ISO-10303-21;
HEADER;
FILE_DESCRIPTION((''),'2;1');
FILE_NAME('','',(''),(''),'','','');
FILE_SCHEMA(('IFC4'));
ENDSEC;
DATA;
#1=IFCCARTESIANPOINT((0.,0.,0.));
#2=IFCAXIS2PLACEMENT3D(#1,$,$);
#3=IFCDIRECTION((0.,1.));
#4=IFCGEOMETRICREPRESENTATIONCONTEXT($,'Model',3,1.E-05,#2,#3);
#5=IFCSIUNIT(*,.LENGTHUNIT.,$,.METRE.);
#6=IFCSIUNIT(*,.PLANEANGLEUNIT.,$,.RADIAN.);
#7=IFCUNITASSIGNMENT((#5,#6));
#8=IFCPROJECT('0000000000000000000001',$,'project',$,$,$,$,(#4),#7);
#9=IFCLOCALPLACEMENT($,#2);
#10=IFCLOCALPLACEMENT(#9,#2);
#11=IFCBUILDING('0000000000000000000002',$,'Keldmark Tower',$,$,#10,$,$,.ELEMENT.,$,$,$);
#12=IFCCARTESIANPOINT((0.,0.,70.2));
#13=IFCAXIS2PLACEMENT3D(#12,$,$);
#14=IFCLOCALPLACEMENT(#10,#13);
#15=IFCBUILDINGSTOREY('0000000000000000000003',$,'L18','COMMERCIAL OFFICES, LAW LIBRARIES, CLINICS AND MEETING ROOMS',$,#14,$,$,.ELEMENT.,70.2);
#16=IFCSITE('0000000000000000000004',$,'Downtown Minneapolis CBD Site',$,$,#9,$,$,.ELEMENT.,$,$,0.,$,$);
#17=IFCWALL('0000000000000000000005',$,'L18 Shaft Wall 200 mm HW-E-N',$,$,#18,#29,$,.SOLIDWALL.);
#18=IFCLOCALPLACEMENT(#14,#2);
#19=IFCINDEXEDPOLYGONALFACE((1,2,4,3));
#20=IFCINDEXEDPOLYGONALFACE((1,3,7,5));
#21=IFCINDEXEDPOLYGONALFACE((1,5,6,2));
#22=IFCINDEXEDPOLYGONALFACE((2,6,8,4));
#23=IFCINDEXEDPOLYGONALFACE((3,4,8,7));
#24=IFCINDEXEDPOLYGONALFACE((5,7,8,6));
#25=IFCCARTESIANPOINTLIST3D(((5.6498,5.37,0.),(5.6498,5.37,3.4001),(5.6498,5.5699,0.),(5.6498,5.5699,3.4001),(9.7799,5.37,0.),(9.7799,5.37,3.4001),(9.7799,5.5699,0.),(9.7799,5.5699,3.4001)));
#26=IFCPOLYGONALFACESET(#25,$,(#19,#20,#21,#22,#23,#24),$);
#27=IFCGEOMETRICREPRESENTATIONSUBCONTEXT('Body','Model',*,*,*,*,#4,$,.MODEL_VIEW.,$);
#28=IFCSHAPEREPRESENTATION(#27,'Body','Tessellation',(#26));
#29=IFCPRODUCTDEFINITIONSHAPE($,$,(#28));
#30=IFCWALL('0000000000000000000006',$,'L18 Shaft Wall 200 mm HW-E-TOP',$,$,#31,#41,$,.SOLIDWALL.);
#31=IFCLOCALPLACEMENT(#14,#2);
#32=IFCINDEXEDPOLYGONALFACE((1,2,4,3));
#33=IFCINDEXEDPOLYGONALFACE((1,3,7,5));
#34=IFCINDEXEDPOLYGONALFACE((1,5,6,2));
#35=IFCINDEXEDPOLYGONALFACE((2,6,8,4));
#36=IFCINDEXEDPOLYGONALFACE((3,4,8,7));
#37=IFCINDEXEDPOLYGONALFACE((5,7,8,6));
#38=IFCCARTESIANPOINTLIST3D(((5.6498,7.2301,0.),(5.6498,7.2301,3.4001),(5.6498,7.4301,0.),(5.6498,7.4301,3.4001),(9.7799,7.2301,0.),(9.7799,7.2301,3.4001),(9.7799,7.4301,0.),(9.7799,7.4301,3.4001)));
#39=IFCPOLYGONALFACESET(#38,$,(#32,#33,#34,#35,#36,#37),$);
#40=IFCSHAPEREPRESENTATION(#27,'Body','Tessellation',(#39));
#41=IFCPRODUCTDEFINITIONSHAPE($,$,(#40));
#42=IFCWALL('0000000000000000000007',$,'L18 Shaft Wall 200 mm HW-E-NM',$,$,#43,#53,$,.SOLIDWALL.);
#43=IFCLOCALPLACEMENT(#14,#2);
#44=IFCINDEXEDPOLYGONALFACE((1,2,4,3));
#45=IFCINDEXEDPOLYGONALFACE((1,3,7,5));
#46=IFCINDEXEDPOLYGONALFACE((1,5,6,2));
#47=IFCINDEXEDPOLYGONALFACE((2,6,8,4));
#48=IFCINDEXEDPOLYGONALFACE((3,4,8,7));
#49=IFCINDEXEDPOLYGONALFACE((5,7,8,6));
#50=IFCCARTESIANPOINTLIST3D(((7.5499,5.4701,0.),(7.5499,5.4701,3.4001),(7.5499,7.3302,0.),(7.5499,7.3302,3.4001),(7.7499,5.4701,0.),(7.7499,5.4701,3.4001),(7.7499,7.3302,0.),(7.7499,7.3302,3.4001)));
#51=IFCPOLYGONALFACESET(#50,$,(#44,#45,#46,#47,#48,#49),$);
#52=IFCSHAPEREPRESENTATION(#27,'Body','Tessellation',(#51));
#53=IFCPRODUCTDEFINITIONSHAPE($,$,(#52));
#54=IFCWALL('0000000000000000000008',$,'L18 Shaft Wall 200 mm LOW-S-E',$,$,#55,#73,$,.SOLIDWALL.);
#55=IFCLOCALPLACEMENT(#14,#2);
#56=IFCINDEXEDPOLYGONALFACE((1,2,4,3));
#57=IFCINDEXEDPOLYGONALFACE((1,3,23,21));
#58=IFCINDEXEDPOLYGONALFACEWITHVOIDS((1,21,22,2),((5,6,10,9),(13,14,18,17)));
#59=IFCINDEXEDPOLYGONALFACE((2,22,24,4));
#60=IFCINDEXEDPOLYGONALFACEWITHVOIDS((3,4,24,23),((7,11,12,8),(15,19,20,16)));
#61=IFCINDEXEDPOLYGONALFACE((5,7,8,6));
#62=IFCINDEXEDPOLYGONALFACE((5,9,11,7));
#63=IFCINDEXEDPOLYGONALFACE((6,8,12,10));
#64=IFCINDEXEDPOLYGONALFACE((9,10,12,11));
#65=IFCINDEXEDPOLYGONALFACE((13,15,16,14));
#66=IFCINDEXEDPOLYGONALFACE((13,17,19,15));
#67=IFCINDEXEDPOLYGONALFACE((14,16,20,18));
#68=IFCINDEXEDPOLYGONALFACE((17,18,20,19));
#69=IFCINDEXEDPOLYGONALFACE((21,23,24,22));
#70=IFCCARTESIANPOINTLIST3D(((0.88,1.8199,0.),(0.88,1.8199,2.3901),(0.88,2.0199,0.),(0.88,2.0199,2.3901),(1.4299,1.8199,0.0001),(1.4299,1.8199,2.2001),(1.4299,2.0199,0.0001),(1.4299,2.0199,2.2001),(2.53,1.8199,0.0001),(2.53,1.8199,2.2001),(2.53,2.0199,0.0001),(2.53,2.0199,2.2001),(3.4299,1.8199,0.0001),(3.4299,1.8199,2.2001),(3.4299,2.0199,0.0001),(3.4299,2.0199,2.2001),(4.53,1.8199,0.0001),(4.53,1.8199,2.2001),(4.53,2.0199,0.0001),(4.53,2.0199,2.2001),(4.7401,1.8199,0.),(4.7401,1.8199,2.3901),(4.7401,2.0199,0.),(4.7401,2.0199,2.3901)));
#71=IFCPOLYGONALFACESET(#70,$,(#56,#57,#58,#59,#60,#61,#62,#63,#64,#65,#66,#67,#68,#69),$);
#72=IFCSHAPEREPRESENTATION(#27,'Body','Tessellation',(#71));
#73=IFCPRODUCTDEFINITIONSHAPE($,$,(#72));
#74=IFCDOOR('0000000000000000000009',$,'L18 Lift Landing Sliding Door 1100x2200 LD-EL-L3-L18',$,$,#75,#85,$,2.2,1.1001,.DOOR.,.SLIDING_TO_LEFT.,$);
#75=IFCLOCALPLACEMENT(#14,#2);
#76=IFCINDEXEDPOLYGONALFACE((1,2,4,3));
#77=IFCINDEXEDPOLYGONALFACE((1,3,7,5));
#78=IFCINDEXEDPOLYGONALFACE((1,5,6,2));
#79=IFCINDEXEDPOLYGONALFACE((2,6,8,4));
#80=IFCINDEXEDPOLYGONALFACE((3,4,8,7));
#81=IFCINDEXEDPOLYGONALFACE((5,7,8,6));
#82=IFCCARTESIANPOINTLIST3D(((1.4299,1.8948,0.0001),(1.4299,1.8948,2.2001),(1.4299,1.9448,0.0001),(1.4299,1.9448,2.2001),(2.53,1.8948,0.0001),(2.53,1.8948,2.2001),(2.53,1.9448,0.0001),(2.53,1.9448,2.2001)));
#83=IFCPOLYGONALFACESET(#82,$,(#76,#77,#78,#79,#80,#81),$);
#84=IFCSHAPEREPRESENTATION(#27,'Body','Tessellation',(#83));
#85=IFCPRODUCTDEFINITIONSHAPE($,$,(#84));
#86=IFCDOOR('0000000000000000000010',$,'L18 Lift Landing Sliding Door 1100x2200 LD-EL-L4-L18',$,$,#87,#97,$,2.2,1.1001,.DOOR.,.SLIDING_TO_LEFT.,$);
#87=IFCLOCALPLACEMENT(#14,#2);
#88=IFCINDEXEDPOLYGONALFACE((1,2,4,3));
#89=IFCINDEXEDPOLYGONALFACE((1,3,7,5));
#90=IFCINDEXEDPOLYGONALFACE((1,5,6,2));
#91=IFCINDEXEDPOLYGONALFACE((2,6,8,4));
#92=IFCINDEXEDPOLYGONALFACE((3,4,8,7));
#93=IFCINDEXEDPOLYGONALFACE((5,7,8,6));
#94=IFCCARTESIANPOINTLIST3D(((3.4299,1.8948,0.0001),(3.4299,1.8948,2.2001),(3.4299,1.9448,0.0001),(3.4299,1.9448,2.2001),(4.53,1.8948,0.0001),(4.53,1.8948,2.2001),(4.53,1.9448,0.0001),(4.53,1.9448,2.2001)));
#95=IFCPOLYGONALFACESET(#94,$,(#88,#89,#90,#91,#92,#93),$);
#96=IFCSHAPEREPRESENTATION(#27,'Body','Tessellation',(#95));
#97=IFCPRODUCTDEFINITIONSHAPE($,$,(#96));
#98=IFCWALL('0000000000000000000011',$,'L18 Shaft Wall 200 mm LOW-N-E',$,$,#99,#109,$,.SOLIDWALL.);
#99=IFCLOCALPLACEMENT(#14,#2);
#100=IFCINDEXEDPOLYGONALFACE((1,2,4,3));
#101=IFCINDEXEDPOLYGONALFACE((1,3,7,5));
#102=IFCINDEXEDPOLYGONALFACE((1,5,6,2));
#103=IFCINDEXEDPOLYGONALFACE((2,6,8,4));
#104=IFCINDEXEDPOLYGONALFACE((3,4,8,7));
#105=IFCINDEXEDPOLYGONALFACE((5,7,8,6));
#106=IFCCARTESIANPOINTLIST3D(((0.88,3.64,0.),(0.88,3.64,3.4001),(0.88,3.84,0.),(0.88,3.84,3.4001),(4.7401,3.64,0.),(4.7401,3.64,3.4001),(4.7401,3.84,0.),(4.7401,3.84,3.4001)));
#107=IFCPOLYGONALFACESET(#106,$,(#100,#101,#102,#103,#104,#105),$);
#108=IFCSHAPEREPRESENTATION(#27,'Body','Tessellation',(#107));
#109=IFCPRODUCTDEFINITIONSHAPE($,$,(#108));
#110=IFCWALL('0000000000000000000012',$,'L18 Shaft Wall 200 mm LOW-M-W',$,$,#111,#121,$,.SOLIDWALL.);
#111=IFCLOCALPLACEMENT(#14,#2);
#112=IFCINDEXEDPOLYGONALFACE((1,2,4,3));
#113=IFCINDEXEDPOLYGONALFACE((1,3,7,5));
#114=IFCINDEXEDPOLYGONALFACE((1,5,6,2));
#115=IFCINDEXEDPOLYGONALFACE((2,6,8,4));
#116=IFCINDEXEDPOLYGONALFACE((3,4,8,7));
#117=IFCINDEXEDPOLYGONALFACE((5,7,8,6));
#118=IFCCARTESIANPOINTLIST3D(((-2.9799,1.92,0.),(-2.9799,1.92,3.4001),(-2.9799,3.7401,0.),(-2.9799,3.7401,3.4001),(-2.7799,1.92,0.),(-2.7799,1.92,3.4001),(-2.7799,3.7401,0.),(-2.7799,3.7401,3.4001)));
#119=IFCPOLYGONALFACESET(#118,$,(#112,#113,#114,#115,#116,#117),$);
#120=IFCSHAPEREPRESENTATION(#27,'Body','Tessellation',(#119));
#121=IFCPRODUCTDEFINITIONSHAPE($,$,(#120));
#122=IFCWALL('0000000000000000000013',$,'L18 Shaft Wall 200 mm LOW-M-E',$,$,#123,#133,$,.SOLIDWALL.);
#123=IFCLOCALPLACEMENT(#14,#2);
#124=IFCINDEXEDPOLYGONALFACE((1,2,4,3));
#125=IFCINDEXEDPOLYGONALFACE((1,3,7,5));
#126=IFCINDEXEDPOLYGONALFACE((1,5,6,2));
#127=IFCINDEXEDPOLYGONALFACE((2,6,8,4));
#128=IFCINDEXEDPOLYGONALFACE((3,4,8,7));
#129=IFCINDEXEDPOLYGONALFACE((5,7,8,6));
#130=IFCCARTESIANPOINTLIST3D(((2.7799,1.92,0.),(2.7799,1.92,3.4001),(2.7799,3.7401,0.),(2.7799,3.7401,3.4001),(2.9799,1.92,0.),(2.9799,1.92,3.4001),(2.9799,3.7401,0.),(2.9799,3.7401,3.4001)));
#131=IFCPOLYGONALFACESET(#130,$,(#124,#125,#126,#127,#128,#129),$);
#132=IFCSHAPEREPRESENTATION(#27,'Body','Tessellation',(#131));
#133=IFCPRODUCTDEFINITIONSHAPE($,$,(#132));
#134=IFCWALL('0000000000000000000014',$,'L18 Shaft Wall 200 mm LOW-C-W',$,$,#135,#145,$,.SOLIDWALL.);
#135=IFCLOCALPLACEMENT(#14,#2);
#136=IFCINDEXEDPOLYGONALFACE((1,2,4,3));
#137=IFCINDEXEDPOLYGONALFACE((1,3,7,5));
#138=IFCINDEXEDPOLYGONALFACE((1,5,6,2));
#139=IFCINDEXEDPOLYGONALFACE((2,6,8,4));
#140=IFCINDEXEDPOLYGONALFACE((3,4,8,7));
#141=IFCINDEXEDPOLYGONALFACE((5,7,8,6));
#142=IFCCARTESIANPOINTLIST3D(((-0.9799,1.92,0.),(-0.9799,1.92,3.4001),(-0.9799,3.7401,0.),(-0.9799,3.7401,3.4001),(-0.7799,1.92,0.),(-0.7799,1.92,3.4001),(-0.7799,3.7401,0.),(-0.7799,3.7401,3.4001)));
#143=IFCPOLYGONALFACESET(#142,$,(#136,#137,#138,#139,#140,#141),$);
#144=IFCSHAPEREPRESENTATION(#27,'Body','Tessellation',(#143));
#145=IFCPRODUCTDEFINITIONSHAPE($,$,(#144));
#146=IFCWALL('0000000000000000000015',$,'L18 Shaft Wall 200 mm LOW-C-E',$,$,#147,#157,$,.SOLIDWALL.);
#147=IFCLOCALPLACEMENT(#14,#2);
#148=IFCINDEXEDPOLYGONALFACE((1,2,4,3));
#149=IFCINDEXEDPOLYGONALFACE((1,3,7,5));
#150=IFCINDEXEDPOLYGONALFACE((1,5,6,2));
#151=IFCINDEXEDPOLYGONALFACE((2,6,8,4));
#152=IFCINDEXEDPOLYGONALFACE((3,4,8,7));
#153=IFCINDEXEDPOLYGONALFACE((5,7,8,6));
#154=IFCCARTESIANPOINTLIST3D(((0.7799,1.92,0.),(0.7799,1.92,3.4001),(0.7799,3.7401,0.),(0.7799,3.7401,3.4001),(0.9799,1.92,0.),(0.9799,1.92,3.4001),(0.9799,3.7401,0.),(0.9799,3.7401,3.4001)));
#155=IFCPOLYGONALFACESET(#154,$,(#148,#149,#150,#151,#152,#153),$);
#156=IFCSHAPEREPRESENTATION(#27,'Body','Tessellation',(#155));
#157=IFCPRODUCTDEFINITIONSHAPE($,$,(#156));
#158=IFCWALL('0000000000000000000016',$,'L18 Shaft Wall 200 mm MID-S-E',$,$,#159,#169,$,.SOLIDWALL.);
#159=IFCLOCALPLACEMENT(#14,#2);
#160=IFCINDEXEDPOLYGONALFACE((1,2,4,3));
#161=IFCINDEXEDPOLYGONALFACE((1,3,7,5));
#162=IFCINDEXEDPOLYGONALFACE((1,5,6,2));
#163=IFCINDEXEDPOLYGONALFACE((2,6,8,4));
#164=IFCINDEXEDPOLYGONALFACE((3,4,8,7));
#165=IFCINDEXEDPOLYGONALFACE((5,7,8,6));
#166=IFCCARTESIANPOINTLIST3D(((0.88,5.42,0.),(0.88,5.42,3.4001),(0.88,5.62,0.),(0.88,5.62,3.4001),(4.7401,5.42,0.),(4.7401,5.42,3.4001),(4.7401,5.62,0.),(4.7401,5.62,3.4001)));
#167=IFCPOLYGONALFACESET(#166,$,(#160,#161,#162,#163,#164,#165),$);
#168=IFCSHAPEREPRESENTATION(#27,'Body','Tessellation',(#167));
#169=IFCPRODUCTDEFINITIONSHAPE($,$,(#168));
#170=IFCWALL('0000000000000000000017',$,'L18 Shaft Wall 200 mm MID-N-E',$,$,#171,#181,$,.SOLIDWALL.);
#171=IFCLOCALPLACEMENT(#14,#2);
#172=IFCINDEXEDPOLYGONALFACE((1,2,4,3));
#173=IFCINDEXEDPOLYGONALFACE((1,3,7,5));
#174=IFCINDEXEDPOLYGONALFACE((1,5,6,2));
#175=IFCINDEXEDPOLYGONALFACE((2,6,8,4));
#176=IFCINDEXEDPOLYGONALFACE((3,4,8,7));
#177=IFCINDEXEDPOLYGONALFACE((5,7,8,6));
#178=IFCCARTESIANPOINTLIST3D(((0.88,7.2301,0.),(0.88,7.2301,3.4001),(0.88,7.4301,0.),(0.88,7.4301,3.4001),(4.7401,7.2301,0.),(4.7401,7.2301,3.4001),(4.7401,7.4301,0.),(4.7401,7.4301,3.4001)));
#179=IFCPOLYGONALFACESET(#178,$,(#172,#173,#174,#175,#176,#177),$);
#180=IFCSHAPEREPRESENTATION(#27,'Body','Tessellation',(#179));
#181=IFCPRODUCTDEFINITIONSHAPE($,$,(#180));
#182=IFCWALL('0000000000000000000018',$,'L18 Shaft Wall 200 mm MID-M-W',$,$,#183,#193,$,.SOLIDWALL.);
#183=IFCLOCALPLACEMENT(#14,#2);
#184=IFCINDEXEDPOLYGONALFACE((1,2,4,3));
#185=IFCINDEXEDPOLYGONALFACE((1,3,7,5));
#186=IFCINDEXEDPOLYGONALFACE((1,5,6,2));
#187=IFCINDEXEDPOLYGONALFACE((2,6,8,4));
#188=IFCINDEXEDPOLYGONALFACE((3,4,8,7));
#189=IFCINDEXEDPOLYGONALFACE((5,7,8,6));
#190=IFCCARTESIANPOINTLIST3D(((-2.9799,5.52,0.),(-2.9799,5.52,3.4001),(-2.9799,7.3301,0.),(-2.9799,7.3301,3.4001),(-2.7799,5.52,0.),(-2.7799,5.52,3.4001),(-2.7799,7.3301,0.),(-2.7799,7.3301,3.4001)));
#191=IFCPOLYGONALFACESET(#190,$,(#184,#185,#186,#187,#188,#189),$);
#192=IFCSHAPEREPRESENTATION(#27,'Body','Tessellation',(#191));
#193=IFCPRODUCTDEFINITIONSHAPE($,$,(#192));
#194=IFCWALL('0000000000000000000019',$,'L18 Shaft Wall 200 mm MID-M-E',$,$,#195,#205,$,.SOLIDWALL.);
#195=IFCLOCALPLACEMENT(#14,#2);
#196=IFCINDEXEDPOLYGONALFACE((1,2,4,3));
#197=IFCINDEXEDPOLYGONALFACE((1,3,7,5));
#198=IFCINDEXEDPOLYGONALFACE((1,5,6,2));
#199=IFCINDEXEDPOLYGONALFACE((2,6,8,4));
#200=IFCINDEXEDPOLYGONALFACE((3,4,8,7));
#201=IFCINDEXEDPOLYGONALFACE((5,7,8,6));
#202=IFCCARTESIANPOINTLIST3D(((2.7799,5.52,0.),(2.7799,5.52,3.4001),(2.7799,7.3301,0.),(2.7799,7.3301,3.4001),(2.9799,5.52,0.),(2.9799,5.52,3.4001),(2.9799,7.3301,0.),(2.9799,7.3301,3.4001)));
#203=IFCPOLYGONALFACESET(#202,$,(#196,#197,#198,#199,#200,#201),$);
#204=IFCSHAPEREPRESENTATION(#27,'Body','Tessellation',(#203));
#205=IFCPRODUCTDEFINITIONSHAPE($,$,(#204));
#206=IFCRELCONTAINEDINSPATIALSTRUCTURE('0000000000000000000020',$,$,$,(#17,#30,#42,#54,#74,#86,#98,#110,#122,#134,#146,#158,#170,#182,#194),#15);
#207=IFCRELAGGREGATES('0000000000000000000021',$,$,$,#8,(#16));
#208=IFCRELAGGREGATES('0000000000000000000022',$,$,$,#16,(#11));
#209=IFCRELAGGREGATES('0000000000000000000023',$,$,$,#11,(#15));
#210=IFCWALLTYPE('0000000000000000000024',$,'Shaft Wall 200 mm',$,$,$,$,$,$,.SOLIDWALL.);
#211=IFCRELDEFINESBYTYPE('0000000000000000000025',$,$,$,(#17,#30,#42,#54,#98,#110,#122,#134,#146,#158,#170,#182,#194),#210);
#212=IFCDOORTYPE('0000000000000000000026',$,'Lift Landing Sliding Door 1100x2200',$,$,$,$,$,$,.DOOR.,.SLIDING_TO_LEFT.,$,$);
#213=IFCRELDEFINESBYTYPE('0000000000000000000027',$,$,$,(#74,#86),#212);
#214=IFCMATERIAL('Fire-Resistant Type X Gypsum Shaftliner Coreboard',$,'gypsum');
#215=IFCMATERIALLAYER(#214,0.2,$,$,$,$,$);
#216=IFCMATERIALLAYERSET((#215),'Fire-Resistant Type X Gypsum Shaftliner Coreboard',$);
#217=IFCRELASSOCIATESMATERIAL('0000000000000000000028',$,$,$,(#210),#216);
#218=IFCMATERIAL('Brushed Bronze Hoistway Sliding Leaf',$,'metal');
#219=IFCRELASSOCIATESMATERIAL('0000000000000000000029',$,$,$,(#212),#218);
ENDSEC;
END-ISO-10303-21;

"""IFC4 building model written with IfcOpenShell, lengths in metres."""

from ifc_helpers import new_model, si_unit, direction, frame, frame_2d, origin, place, context, subcontext, project, spatial, rectangle, extrude, material, layer, layer_set, type_object, element, fill, save


model = new_model("IFC4")

# Units and contexts
model_context = context("Model", 3, precision=1e-05, world=origin(), true_north=direction((0.0, 1.0)))
body_context = subcontext(model_context, "Body", "Model", "MODEL_VIEW")
ifc_project = project(units=[si_unit("LENGTHUNIT", "METRE"), si_unit("PLANEANGLEUNIT", "RADIAN")], contexts=[model_context])

# Site, building, storey
site_placement = place(None, origin())
site = spatial("IfcSite", under=ifc_project, at=site_placement, Name="Downtown Minneapolis CBD Site", CompositionType="ELEMENT", RefElevation=0.0)
building_placement = place(site_placement, origin())
building = spatial("IfcBuilding", under=site, at=building_placement, Name="Keldmark Tower", CompositionType="ELEMENT")
storey_placement = place(building_placement, frame((0.0, 0.0, 70.2)))
storey = spatial("IfcBuildingStorey", under=building, at=storey_placement, Name="L18", Description="COMMERCIAL OFFICES, LAW LIBRARIES, CLINICS AND MEETING ROOMS", CompositionType="ELEMENT", Elevation=70.2)

# Shared definitions
ifc_material_1 = material(Name="Fire-Resistant Type X Gypsum Shaftliner Coreboard", Category="gypsum")
ifc_layer_1 = layer(ifc_material_1, 0.2)
ifc_layer_set_1 = layer_set([ifc_layer_1], Name="Fire-Resistant Type X Gypsum Shaftliner Coreboard")
wall_type_1 = type_object("IfcWallType", Name="Shaft Wall 200 mm", PredefinedType="SOLIDWALL", material=ifc_layer_set_1)

# Walls
for number, where, z_axis, x_axis, name in (
    (1, (5.6499, 5.47, 0.0), (0.0, 0.0, 1.0), (1.0, 0.0, 0.0), "L18 Shaft Wall 200 mm HW-E-N"),
    (2, (5.6499, 7.3301, 0.0), (0.0, 0.0, 1.0), (1.0, 0.0, 0.0), "L18 Shaft Wall 200 mm HW-E-TOP"),
):
    element("IfcWall", number, at=place(storey_placement, frame(where, z_axis=z_axis, x_axis=x_axis)), inside=storey, type_object=wall_type_1, Name=name, PredefinedType="SOLIDWALL", context=body_context, shape_type="SweptSolid", body=[
        extrude(rectangle(XDim=4.1301, YDim=0.2, at=frame_2d((2.0649, 0.0))), origin(), (0.0, 0.0, 1.0), 3.4001),
    ])
wall_1_placement = place(storey_placement, frame((7.6499, 5.47, 0.0), z_axis=(0.0, 0.0, 1.0), x_axis=(0.0, 1.0, 0.0)))
element("IfcWall", 3, at=wall_1_placement, inside=storey, type_object=wall_type_1, Name="L18 Shaft Wall 200 mm HW-E-NM", PredefinedType="SOLIDWALL", context=body_context, shape_type="SweptSolid", body=[
    extrude(rectangle(XDim=1.8601, YDim=0.2, at=frame_2d((0.9302, 0.0))), origin(), (0.0, 0.0, 1.0), 3.4001),
])

# Wall, openings, doors
wall_2_placement = place(storey_placement, frame((0.8799, 1.9199, 0.0), z_axis=(0.0, 0.0, 1.0), x_axis=(1.0, 0.0, 0.0)))
wall_2 = element("IfcWall", 4, at=wall_2_placement, inside=storey, type_object=wall_type_1, Name="L18 Shaft Wall 200 mm LOW-S-E", PredefinedType="SOLIDWALL", context=body_context, shape_type="SweptSolid", body=[
    extrude(rectangle(XDim=3.8601, YDim=0.2, at=frame_2d((1.9302, 0.0))), origin(), (0.0, 0.0, 1.0), 2.3901),
])
opening_1_placement = place(wall_2_placement, frame((0.55, 0.0, 0.0)))
opening_1 = element("IfcOpeningElement", 5, at=opening_1_placement, cuts=wall_2, PredefinedType="OPENING", context=body_context, shape_type="SweptSolid", body=[
    extrude(rectangle(XDim=1.1001, YDim=2.2, at=frame_2d((0.55, 1.1001))), frame((0.0, 0.1099, 0.0), z_axis=(0.0, -1.0, 0.0), x_axis=(1.0, 0.0, 0.0)), (0.0, 0.0, 1.0), 0.22),
])
opening_2_placement = place(wall_2_placement, frame((2.55, 0.0, 0.0)))
opening_2 = element("IfcOpeningElement", 6, at=opening_2_placement, cuts=wall_2, PredefinedType="OPENING", context=body_context, shape_type="SweptSolid", body=[
    extrude(rectangle(XDim=1.1001, YDim=2.2, at=frame_2d((0.55, 1.1001))), frame((0.0, 0.1099, 0.0), z_axis=(0.0, -1.0, 0.0), x_axis=(1.0, 0.0, 0.0)), (0.0, 0.0, 1.0), 0.22),
])
ifc_material_2 = material(Name="Brushed Bronze Hoistway Sliding Leaf", Category="metal")
door_type_1 = type_object("IfcDoorType", Name="Lift Landing Sliding Door 1100x2200", OperationType="SLIDING_TO_LEFT", PredefinedType="DOOR", material=ifc_material_2)
door_1_placement = place(opening_1_placement, origin())
door_1 = element("IfcDoor", 7, at=door_1_placement, inside=storey, type_object=door_type_1, Name="L18 Lift Landing Sliding Door 1100x2200 LD-EL-L3-L18", OperationType="SLIDING_TO_LEFT", OverallHeight=2.2, OverallWidth=1.1001, PredefinedType="DOOR", context=body_context, shape_type="SweptSolid", body=[
    extrude(rectangle(XDim=1.1001, YDim=2.2, at=frame_2d((0.55, 1.1001))), frame((0.0, 0.0249, 0.0), z_axis=(0.0, -1.0, 0.0), x_axis=(1.0, 0.0, 0.0)), (0.0, 0.0, 1.0), 0.05),
])
fill(opening_1, door_1)
door_2_placement = place(opening_2_placement, origin())
door_2 = element("IfcDoor", 8, at=door_2_placement, inside=storey, type_object=door_type_1, Name="L18 Lift Landing Sliding Door 1100x2200 LD-EL-L4-L18", OperationType="SLIDING_TO_LEFT", OverallHeight=2.2, OverallWidth=1.1001, PredefinedType="DOOR", context=body_context, shape_type="SweptSolid", body=[
    extrude(rectangle(XDim=1.1001, YDim=2.2, at=frame_2d((0.55, 1.1001))), frame((0.0, 0.0249, 0.0), z_axis=(0.0, -1.0, 0.0), x_axis=(1.0, 0.0, 0.0)), (0.0, 0.0, 1.0), 0.05),
])
fill(opening_2, door_2)

# Walls
wall_3_placement = place(storey_placement, frame((0.8799, 3.74, 0.0), z_axis=(0.0, 0.0, 1.0), x_axis=(1.0, 0.0, 0.0)))
element("IfcWall", 9, at=wall_3_placement, inside=storey, type_object=wall_type_1, Name="L18 Shaft Wall 200 mm LOW-N-E", PredefinedType="SOLIDWALL", context=body_context, shape_type="SweptSolid", body=[
    extrude(rectangle(XDim=3.8601, YDim=0.2, at=frame_2d((1.9302, 0.0))), origin(), (0.0, 0.0, 1.0), 3.4001),
])
for number, where, z_axis, x_axis, name in (
    (10, (-2.8799, 1.9199, 0.0), (0.0, 0.0, 1.0), (0.0, 1.0, 0.0), "L18 Shaft Wall 200 mm LOW-M-W"),
    (11, (2.8799, 1.9199, 0.0), (0.0, 0.0, 1.0), (0.0, 1.0, 0.0), "L18 Shaft Wall 200 mm LOW-M-E"),
    (12, (-0.8799, 1.9199, 0.0), (0.0, 0.0, 1.0), (0.0, 1.0, 0.0), "L18 Shaft Wall 200 mm LOW-C-W"),
    (13, (0.8799, 1.9199, 0.0), (0.0, 0.0, 1.0), (0.0, 1.0, 0.0), "L18 Shaft Wall 200 mm LOW-C-E"),
):
    element("IfcWall", number, at=place(storey_placement, frame(where, z_axis=z_axis, x_axis=x_axis)), inside=storey, type_object=wall_type_1, Name=name, PredefinedType="SOLIDWALL", context=body_context, shape_type="SweptSolid", body=[
        extrude(rectangle(XDim=1.8201, YDim=0.2, at=frame_2d((0.9102, 0.0))), origin(), (0.0, 0.0, 1.0), 3.4001),
    ])
for number, where, z_axis, x_axis, name in (
    (14, (0.8799, 5.52, 0.0), (0.0, 0.0, 1.0), (1.0, 0.0, 0.0), "L18 Shaft Wall 200 mm MID-S-E"),
    (15, (0.8799, 7.3301, 0.0), (0.0, 0.0, 1.0), (1.0, 0.0, 0.0), "L18 Shaft Wall 200 mm MID-N-E"),
):
    element("IfcWall", number, at=place(storey_placement, frame(where, z_axis=z_axis, x_axis=x_axis)), inside=storey, type_object=wall_type_1, Name=name, PredefinedType="SOLIDWALL", context=body_context, shape_type="SweptSolid", body=[
        extrude(rectangle(XDim=3.8601, YDim=0.2, at=frame_2d((1.9302, 0.0))), origin(), (0.0, 0.0, 1.0), 3.4001),
    ])
for number, where, z_axis, x_axis, name in (
    (16, (-2.8799, 5.52, 0.0), (0.0, 0.0, 1.0), (0.0, 1.0, 0.0), "L18 Shaft Wall 200 mm MID-M-W"),
    (17, (2.8799, 5.52, 0.0), (0.0, 0.0, 1.0), (0.0, 1.0, 0.0), "L18 Shaft Wall 200 mm MID-M-E"),
):
    element("IfcWall", number, at=place(storey_placement, frame(where, z_axis=z_axis, x_axis=x_axis)), inside=storey, type_object=wall_type_1, Name=name, PredefinedType="SOLIDWALL", context=body_context, shape_type="SweptSolid", body=[
        extrude(rectangle(XDim=1.8101, YDim=0.2, at=frame_2d((0.905, 0.0))), origin(), (0.0, 0.0, 1.0), 3.4001),
    ])

save(model, "model.ifc")
